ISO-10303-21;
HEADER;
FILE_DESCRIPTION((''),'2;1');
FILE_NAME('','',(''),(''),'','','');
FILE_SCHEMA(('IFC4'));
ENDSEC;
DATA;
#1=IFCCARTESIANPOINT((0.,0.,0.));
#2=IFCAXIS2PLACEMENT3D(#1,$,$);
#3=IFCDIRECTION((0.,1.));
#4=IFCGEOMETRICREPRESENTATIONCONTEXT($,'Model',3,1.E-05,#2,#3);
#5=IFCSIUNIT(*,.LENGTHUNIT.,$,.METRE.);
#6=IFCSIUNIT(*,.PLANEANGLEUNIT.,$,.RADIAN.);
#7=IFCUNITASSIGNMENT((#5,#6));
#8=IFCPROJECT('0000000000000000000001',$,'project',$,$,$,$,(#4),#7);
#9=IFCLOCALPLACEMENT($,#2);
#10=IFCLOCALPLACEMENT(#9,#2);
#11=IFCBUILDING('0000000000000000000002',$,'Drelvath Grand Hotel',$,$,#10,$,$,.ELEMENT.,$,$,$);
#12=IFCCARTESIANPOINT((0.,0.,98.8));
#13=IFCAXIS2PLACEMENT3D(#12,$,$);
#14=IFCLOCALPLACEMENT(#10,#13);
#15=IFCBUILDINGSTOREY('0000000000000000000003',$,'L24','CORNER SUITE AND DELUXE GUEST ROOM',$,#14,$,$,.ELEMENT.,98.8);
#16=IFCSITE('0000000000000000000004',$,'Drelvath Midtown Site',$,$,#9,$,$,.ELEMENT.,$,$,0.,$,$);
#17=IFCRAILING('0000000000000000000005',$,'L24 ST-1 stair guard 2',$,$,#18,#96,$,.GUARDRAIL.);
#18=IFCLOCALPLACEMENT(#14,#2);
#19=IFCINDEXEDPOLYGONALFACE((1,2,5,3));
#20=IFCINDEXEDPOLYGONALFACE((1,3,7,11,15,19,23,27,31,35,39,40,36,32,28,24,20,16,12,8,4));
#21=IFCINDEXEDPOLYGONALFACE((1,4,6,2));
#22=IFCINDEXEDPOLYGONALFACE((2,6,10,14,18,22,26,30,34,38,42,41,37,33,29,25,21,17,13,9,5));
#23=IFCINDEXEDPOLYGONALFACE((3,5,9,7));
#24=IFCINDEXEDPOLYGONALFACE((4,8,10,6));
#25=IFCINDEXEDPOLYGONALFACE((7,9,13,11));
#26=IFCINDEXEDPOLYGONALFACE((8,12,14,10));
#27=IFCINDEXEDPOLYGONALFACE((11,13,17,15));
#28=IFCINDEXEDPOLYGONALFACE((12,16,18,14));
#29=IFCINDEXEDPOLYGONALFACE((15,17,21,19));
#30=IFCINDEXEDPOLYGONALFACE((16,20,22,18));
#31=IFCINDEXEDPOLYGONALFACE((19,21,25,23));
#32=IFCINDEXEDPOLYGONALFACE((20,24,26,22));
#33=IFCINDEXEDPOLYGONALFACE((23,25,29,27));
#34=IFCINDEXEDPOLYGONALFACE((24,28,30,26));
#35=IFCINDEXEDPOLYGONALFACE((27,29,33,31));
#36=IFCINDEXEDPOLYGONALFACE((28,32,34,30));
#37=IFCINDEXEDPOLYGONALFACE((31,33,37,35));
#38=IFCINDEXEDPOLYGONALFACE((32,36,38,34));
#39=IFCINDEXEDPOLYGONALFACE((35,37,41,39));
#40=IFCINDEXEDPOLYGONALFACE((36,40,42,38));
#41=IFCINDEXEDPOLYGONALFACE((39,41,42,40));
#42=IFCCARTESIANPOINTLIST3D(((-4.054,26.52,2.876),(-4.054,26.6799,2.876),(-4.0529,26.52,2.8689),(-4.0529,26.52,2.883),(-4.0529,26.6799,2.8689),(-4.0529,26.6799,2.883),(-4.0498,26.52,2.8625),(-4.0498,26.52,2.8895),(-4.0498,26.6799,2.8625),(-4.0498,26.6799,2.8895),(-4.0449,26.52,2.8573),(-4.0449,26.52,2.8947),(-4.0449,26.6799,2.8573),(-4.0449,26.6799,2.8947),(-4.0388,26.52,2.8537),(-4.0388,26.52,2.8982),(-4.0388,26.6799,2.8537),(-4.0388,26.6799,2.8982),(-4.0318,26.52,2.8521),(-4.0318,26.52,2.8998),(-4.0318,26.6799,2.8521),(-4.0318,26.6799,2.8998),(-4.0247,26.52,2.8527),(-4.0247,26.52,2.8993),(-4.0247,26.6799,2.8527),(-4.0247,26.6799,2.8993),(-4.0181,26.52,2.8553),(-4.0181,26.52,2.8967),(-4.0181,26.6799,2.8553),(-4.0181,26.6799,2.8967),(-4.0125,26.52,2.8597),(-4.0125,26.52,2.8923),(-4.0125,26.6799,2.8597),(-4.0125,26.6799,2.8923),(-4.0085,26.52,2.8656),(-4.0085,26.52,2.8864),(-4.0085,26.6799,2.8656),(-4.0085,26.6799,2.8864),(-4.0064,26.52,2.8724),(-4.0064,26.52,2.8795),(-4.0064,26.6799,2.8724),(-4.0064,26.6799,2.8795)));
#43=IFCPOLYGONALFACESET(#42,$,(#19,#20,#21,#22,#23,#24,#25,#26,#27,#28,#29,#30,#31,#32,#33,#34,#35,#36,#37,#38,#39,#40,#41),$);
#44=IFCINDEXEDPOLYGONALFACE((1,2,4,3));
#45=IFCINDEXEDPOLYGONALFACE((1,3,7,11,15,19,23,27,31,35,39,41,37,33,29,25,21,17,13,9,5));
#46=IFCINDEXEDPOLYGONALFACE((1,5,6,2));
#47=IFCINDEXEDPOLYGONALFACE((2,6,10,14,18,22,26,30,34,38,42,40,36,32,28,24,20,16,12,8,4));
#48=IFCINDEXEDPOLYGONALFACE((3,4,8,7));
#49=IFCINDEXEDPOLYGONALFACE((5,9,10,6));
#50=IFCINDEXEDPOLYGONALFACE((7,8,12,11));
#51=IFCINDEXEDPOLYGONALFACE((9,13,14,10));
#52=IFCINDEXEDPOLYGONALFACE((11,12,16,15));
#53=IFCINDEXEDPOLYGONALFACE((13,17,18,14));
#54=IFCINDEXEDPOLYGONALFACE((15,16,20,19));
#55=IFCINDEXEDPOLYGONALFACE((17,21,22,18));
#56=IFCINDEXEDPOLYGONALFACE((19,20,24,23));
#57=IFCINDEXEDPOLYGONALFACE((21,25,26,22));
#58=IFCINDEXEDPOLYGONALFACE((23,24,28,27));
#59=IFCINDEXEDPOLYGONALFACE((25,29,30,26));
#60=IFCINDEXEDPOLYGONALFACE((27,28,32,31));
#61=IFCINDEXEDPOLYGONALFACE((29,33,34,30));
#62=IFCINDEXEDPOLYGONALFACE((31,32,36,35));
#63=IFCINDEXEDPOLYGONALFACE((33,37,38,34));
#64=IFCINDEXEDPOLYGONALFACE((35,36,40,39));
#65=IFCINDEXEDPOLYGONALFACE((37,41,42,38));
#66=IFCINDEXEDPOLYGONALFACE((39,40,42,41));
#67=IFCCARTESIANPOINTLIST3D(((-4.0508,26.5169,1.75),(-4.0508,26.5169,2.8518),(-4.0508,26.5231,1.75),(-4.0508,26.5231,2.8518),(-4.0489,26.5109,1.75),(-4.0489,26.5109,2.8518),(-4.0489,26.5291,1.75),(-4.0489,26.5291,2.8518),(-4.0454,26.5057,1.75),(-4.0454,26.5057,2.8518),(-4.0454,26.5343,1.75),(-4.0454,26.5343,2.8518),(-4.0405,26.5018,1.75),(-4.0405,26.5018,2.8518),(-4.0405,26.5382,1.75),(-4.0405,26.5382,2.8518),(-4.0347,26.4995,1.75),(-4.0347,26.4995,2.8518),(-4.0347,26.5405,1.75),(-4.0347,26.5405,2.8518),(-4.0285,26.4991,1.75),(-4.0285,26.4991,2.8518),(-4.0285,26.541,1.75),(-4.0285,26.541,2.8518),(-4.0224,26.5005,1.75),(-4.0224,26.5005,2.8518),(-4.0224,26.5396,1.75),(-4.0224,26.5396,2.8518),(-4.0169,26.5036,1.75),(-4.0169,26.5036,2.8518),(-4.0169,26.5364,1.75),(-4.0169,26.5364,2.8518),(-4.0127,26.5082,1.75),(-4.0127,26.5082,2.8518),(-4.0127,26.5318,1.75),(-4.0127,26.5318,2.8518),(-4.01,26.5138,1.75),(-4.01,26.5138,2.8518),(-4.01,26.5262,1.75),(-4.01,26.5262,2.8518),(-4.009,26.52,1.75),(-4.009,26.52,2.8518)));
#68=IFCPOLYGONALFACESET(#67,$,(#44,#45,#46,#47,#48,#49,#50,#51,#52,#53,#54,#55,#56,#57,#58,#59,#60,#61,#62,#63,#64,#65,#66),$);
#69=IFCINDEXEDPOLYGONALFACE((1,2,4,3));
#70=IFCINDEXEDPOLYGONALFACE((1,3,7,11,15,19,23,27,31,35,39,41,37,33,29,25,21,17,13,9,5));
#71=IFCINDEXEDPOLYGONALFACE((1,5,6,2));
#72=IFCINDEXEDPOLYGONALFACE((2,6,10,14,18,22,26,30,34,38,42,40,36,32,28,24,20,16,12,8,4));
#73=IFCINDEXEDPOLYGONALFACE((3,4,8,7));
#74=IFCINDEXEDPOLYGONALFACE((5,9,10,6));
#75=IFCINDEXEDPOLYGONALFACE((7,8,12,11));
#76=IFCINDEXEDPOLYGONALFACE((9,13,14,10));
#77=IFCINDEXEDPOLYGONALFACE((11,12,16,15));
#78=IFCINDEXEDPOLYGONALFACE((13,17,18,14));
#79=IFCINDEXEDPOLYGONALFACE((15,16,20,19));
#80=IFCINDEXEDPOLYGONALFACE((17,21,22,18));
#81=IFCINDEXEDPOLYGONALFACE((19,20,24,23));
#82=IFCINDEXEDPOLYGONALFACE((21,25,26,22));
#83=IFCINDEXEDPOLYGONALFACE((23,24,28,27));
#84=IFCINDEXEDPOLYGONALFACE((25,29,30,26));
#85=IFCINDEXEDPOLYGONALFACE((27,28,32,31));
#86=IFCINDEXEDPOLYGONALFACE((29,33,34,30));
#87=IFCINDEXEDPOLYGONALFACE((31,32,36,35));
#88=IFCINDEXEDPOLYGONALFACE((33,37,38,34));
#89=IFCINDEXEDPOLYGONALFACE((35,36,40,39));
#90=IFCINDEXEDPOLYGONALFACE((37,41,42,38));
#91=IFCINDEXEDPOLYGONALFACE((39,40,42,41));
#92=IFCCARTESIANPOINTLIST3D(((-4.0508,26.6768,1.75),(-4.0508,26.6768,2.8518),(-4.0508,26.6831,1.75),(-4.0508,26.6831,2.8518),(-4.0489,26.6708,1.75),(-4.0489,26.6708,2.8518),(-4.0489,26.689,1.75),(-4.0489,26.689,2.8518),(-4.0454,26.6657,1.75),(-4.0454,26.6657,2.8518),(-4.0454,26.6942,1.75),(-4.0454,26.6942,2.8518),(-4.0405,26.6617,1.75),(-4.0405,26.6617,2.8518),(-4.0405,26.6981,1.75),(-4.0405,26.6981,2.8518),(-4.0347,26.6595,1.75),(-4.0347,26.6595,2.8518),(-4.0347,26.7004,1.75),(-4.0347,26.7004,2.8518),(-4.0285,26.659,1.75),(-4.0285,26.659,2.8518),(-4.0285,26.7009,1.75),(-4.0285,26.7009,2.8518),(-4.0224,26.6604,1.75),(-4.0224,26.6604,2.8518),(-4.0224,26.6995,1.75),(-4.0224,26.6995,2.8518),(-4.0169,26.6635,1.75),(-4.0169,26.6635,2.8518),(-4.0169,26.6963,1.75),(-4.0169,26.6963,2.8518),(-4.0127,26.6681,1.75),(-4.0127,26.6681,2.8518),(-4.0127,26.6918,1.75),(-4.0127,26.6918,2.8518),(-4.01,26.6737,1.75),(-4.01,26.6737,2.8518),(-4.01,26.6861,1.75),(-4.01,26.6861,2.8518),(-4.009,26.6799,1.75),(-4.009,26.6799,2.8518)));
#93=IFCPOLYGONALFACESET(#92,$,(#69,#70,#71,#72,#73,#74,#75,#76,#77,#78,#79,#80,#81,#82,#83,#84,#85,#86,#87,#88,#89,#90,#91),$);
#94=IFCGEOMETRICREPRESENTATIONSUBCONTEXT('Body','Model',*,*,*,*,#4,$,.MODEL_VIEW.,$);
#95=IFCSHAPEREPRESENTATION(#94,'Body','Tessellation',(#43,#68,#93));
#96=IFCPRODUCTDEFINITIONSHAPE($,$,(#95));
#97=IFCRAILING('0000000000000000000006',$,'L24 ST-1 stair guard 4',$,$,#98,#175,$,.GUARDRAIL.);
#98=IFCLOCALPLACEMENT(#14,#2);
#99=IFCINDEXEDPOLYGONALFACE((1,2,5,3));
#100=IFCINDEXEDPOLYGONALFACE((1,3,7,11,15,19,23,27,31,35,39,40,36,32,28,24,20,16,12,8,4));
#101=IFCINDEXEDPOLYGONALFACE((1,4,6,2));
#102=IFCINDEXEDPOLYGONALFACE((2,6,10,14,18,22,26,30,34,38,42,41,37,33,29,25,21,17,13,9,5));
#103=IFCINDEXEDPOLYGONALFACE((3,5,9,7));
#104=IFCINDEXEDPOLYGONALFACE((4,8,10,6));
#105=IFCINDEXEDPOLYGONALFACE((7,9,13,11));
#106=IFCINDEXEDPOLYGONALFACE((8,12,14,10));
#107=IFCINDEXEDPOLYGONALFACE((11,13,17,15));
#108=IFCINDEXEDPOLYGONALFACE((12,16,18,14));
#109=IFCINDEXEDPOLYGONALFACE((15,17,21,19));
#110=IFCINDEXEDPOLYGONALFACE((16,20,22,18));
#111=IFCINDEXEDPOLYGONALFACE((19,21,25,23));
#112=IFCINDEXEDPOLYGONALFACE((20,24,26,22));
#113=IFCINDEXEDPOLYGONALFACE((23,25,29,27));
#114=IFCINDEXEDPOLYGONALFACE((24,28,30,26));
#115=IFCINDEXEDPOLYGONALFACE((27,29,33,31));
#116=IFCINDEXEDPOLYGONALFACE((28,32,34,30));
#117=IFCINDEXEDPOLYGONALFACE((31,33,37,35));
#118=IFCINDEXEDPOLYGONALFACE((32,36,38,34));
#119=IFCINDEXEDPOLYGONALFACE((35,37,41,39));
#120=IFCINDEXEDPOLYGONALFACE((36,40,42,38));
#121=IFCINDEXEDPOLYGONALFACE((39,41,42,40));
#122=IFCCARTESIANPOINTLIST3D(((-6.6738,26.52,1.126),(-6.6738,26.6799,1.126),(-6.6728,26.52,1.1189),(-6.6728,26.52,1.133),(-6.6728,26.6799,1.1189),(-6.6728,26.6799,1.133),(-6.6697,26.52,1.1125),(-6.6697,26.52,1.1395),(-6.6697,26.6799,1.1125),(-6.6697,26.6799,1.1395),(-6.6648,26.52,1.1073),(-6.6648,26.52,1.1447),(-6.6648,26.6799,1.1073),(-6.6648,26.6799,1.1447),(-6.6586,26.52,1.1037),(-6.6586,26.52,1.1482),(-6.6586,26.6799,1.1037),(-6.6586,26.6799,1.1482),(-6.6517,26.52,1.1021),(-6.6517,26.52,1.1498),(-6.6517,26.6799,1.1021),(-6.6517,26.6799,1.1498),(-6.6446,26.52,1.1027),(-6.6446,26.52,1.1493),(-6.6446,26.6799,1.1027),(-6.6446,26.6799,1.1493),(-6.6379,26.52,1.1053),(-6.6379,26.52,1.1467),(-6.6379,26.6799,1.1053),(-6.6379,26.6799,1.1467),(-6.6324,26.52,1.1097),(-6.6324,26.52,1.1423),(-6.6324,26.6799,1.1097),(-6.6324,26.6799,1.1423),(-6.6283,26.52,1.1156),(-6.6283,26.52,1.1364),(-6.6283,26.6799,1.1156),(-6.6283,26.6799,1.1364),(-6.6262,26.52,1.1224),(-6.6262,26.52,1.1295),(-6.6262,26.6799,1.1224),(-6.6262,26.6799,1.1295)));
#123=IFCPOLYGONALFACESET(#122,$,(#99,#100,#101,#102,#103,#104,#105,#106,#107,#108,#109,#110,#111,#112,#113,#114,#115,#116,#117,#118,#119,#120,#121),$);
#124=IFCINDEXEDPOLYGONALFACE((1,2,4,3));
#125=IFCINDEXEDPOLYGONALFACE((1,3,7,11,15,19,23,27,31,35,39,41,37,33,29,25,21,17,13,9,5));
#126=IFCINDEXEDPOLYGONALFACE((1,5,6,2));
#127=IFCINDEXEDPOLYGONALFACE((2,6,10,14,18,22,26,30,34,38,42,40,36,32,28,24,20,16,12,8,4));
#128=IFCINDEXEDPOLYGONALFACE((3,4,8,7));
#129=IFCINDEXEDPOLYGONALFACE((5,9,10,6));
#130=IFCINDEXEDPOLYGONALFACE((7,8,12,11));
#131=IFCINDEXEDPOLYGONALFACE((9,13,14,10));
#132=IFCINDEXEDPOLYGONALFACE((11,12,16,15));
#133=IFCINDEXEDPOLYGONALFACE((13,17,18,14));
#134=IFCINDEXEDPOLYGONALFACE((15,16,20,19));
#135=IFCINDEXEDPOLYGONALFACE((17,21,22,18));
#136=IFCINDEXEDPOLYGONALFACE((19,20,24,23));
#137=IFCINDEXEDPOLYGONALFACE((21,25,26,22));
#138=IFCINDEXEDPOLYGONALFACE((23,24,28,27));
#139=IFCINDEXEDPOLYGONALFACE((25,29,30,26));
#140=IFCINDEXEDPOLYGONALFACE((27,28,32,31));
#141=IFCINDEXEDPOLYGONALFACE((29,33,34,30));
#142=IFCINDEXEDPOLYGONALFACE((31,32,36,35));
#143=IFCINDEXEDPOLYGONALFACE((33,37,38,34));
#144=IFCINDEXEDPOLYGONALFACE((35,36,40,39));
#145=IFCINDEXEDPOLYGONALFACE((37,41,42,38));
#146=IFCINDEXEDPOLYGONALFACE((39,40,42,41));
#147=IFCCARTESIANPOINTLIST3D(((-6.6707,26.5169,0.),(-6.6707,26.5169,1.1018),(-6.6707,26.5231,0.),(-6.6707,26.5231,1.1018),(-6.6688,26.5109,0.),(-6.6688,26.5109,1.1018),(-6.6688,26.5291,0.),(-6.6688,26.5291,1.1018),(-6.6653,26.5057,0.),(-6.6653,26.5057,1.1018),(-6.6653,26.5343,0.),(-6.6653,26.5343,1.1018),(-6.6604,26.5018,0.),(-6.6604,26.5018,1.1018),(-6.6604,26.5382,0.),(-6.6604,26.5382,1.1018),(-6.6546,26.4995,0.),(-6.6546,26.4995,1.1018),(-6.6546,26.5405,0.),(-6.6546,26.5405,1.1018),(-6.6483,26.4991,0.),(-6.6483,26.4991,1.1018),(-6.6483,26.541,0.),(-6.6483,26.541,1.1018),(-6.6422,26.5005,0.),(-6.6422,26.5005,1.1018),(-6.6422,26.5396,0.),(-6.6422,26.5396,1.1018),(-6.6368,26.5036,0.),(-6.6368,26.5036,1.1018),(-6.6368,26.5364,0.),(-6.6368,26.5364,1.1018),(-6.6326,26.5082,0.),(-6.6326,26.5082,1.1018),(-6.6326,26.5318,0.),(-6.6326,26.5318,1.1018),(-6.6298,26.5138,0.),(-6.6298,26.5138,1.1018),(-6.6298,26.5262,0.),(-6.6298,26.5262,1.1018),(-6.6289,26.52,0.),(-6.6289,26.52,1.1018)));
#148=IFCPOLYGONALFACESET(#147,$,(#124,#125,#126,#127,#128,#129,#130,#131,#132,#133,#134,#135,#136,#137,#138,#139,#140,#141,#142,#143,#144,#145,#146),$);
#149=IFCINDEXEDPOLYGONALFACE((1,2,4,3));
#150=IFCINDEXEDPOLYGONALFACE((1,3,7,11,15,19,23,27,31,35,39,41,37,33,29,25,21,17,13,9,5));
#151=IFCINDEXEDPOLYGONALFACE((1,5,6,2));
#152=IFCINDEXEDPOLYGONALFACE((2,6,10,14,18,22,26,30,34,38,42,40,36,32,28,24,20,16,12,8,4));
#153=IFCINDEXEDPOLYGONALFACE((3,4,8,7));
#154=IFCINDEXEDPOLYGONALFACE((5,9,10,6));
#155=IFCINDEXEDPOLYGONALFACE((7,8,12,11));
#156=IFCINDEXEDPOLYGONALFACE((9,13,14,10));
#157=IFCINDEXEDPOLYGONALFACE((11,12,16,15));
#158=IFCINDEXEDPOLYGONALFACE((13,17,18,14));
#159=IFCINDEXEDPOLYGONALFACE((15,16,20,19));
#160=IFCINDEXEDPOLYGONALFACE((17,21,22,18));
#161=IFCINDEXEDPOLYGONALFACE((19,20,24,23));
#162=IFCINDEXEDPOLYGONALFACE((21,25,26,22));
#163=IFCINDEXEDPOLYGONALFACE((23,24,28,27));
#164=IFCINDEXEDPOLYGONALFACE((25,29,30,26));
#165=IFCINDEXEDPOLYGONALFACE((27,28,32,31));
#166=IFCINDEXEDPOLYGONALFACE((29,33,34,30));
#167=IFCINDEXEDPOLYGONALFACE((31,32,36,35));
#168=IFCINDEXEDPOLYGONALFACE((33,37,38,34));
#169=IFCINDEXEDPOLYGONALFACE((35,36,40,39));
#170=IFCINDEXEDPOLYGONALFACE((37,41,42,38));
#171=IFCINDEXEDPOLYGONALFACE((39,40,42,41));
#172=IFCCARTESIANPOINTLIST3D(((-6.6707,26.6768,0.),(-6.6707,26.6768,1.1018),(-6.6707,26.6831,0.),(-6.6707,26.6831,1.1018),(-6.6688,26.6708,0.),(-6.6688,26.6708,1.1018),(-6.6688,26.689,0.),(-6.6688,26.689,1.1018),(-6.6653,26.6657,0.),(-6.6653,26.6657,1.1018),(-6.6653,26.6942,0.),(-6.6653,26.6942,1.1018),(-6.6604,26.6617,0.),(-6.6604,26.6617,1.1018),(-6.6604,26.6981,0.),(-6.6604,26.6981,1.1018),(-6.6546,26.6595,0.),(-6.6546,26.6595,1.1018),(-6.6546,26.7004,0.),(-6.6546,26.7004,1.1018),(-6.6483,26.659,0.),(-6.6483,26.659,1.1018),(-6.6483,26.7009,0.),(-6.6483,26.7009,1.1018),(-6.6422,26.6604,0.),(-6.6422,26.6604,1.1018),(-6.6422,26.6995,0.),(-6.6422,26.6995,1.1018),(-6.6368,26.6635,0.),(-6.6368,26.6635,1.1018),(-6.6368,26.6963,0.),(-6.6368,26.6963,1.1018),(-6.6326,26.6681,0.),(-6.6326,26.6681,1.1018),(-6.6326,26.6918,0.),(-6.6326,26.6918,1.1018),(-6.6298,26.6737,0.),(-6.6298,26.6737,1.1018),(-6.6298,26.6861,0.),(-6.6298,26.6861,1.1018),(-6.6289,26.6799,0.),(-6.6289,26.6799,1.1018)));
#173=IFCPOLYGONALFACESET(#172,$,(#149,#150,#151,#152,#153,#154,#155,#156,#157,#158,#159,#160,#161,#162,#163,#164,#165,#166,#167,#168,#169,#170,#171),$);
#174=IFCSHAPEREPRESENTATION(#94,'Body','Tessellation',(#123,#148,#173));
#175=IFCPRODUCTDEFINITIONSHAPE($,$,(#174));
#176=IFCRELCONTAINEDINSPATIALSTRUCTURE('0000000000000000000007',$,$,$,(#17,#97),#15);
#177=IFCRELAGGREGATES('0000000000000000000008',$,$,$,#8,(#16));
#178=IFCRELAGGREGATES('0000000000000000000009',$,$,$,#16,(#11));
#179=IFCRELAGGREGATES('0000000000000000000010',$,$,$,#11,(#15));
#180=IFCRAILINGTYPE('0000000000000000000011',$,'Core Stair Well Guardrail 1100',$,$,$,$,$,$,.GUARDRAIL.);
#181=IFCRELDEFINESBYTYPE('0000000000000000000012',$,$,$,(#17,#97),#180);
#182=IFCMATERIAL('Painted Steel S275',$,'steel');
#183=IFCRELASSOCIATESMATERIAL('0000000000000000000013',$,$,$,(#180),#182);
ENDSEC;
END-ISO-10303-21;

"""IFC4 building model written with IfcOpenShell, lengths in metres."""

from ifc_helpers import new_model, si_unit, direction, frame, origin, origin_2d, place, context, subcontext, project, spatial, circle, extrude, material, type_object, element, save


model = new_model("IFC4")

# Units and contexts
model_context = context("Model", 3, precision=1e-05, world=origin(), true_north=direction((0.0, 1.0)))
body_context = subcontext(model_context, "Body", "Model", "MODEL_VIEW")
ifc_project = project(units=[si_unit("LENGTHUNIT", "METRE"), si_unit("PLANEANGLEUNIT", "RADIAN")], contexts=[model_context])

# Site, building, storey
site_placement = place(None, origin())
site = spatial("IfcSite", under=ifc_project, at=site_placement, Name="Drelvath Midtown Site", CompositionType="ELEMENT", RefElevation=0.0)
building_placement = place(site_placement, origin())
building = spatial("IfcBuilding", under=site, at=building_placement, Name="Drelvath Grand Hotel", CompositionType="ELEMENT")
storey_placement = place(building_placement, frame((0.0, 0.0, 98.8)))
storey = spatial("IfcBuildingStorey", under=building, at=storey_placement, Name="L24", Description="CORNER SUITE AND DELUXE GUEST ROOM", CompositionType="ELEMENT", Elevation=98.8)

# Shared definitions
ifc_material_1 = material(Name="Painted Steel S275", Category="steel")

# Railings
railing_type_1 = type_object("IfcRailingType", Name="Core Stair Well Guardrail 1100", PredefinedType="GUARDRAIL", material=ifc_material_1)
for number, where, name in (
    (1, (-4.03, 26.52, 1.75), "L24 ST-1 stair guard 2"),
    (2, (-6.6499, 26.52, 0.0), "L24 ST-1 stair guard 4"),
):
    element("IfcRailing", number, at=place(storey_placement, frame(where)), inside=storey, type_object=railing_type_1, Name=name, PredefinedType="GUARDRAIL", context=body_context, shape_type="SweptSolid", body=[
        extrude(circle(Radius=0.0239, at=origin_2d()), frame((0.0, 0.0, 1.126), z_axis=(0.0, 1.0, 0.0), x_axis=(-1.0, 0.0, 0.0)), (0.0, 0.0, 1.0), 0.1599),
        extrude(circle(Radius=0.021, at=origin_2d()), origin(), (0.0, 0.0, 1.0), 1.1018),
        extrude(circle(Radius=0.021, at=origin_2d()), frame((0.0, 0.1599, 0.0)), (0.0, 0.0, 1.0), 1.1018),
    ])

save(model, "model.ifc")
